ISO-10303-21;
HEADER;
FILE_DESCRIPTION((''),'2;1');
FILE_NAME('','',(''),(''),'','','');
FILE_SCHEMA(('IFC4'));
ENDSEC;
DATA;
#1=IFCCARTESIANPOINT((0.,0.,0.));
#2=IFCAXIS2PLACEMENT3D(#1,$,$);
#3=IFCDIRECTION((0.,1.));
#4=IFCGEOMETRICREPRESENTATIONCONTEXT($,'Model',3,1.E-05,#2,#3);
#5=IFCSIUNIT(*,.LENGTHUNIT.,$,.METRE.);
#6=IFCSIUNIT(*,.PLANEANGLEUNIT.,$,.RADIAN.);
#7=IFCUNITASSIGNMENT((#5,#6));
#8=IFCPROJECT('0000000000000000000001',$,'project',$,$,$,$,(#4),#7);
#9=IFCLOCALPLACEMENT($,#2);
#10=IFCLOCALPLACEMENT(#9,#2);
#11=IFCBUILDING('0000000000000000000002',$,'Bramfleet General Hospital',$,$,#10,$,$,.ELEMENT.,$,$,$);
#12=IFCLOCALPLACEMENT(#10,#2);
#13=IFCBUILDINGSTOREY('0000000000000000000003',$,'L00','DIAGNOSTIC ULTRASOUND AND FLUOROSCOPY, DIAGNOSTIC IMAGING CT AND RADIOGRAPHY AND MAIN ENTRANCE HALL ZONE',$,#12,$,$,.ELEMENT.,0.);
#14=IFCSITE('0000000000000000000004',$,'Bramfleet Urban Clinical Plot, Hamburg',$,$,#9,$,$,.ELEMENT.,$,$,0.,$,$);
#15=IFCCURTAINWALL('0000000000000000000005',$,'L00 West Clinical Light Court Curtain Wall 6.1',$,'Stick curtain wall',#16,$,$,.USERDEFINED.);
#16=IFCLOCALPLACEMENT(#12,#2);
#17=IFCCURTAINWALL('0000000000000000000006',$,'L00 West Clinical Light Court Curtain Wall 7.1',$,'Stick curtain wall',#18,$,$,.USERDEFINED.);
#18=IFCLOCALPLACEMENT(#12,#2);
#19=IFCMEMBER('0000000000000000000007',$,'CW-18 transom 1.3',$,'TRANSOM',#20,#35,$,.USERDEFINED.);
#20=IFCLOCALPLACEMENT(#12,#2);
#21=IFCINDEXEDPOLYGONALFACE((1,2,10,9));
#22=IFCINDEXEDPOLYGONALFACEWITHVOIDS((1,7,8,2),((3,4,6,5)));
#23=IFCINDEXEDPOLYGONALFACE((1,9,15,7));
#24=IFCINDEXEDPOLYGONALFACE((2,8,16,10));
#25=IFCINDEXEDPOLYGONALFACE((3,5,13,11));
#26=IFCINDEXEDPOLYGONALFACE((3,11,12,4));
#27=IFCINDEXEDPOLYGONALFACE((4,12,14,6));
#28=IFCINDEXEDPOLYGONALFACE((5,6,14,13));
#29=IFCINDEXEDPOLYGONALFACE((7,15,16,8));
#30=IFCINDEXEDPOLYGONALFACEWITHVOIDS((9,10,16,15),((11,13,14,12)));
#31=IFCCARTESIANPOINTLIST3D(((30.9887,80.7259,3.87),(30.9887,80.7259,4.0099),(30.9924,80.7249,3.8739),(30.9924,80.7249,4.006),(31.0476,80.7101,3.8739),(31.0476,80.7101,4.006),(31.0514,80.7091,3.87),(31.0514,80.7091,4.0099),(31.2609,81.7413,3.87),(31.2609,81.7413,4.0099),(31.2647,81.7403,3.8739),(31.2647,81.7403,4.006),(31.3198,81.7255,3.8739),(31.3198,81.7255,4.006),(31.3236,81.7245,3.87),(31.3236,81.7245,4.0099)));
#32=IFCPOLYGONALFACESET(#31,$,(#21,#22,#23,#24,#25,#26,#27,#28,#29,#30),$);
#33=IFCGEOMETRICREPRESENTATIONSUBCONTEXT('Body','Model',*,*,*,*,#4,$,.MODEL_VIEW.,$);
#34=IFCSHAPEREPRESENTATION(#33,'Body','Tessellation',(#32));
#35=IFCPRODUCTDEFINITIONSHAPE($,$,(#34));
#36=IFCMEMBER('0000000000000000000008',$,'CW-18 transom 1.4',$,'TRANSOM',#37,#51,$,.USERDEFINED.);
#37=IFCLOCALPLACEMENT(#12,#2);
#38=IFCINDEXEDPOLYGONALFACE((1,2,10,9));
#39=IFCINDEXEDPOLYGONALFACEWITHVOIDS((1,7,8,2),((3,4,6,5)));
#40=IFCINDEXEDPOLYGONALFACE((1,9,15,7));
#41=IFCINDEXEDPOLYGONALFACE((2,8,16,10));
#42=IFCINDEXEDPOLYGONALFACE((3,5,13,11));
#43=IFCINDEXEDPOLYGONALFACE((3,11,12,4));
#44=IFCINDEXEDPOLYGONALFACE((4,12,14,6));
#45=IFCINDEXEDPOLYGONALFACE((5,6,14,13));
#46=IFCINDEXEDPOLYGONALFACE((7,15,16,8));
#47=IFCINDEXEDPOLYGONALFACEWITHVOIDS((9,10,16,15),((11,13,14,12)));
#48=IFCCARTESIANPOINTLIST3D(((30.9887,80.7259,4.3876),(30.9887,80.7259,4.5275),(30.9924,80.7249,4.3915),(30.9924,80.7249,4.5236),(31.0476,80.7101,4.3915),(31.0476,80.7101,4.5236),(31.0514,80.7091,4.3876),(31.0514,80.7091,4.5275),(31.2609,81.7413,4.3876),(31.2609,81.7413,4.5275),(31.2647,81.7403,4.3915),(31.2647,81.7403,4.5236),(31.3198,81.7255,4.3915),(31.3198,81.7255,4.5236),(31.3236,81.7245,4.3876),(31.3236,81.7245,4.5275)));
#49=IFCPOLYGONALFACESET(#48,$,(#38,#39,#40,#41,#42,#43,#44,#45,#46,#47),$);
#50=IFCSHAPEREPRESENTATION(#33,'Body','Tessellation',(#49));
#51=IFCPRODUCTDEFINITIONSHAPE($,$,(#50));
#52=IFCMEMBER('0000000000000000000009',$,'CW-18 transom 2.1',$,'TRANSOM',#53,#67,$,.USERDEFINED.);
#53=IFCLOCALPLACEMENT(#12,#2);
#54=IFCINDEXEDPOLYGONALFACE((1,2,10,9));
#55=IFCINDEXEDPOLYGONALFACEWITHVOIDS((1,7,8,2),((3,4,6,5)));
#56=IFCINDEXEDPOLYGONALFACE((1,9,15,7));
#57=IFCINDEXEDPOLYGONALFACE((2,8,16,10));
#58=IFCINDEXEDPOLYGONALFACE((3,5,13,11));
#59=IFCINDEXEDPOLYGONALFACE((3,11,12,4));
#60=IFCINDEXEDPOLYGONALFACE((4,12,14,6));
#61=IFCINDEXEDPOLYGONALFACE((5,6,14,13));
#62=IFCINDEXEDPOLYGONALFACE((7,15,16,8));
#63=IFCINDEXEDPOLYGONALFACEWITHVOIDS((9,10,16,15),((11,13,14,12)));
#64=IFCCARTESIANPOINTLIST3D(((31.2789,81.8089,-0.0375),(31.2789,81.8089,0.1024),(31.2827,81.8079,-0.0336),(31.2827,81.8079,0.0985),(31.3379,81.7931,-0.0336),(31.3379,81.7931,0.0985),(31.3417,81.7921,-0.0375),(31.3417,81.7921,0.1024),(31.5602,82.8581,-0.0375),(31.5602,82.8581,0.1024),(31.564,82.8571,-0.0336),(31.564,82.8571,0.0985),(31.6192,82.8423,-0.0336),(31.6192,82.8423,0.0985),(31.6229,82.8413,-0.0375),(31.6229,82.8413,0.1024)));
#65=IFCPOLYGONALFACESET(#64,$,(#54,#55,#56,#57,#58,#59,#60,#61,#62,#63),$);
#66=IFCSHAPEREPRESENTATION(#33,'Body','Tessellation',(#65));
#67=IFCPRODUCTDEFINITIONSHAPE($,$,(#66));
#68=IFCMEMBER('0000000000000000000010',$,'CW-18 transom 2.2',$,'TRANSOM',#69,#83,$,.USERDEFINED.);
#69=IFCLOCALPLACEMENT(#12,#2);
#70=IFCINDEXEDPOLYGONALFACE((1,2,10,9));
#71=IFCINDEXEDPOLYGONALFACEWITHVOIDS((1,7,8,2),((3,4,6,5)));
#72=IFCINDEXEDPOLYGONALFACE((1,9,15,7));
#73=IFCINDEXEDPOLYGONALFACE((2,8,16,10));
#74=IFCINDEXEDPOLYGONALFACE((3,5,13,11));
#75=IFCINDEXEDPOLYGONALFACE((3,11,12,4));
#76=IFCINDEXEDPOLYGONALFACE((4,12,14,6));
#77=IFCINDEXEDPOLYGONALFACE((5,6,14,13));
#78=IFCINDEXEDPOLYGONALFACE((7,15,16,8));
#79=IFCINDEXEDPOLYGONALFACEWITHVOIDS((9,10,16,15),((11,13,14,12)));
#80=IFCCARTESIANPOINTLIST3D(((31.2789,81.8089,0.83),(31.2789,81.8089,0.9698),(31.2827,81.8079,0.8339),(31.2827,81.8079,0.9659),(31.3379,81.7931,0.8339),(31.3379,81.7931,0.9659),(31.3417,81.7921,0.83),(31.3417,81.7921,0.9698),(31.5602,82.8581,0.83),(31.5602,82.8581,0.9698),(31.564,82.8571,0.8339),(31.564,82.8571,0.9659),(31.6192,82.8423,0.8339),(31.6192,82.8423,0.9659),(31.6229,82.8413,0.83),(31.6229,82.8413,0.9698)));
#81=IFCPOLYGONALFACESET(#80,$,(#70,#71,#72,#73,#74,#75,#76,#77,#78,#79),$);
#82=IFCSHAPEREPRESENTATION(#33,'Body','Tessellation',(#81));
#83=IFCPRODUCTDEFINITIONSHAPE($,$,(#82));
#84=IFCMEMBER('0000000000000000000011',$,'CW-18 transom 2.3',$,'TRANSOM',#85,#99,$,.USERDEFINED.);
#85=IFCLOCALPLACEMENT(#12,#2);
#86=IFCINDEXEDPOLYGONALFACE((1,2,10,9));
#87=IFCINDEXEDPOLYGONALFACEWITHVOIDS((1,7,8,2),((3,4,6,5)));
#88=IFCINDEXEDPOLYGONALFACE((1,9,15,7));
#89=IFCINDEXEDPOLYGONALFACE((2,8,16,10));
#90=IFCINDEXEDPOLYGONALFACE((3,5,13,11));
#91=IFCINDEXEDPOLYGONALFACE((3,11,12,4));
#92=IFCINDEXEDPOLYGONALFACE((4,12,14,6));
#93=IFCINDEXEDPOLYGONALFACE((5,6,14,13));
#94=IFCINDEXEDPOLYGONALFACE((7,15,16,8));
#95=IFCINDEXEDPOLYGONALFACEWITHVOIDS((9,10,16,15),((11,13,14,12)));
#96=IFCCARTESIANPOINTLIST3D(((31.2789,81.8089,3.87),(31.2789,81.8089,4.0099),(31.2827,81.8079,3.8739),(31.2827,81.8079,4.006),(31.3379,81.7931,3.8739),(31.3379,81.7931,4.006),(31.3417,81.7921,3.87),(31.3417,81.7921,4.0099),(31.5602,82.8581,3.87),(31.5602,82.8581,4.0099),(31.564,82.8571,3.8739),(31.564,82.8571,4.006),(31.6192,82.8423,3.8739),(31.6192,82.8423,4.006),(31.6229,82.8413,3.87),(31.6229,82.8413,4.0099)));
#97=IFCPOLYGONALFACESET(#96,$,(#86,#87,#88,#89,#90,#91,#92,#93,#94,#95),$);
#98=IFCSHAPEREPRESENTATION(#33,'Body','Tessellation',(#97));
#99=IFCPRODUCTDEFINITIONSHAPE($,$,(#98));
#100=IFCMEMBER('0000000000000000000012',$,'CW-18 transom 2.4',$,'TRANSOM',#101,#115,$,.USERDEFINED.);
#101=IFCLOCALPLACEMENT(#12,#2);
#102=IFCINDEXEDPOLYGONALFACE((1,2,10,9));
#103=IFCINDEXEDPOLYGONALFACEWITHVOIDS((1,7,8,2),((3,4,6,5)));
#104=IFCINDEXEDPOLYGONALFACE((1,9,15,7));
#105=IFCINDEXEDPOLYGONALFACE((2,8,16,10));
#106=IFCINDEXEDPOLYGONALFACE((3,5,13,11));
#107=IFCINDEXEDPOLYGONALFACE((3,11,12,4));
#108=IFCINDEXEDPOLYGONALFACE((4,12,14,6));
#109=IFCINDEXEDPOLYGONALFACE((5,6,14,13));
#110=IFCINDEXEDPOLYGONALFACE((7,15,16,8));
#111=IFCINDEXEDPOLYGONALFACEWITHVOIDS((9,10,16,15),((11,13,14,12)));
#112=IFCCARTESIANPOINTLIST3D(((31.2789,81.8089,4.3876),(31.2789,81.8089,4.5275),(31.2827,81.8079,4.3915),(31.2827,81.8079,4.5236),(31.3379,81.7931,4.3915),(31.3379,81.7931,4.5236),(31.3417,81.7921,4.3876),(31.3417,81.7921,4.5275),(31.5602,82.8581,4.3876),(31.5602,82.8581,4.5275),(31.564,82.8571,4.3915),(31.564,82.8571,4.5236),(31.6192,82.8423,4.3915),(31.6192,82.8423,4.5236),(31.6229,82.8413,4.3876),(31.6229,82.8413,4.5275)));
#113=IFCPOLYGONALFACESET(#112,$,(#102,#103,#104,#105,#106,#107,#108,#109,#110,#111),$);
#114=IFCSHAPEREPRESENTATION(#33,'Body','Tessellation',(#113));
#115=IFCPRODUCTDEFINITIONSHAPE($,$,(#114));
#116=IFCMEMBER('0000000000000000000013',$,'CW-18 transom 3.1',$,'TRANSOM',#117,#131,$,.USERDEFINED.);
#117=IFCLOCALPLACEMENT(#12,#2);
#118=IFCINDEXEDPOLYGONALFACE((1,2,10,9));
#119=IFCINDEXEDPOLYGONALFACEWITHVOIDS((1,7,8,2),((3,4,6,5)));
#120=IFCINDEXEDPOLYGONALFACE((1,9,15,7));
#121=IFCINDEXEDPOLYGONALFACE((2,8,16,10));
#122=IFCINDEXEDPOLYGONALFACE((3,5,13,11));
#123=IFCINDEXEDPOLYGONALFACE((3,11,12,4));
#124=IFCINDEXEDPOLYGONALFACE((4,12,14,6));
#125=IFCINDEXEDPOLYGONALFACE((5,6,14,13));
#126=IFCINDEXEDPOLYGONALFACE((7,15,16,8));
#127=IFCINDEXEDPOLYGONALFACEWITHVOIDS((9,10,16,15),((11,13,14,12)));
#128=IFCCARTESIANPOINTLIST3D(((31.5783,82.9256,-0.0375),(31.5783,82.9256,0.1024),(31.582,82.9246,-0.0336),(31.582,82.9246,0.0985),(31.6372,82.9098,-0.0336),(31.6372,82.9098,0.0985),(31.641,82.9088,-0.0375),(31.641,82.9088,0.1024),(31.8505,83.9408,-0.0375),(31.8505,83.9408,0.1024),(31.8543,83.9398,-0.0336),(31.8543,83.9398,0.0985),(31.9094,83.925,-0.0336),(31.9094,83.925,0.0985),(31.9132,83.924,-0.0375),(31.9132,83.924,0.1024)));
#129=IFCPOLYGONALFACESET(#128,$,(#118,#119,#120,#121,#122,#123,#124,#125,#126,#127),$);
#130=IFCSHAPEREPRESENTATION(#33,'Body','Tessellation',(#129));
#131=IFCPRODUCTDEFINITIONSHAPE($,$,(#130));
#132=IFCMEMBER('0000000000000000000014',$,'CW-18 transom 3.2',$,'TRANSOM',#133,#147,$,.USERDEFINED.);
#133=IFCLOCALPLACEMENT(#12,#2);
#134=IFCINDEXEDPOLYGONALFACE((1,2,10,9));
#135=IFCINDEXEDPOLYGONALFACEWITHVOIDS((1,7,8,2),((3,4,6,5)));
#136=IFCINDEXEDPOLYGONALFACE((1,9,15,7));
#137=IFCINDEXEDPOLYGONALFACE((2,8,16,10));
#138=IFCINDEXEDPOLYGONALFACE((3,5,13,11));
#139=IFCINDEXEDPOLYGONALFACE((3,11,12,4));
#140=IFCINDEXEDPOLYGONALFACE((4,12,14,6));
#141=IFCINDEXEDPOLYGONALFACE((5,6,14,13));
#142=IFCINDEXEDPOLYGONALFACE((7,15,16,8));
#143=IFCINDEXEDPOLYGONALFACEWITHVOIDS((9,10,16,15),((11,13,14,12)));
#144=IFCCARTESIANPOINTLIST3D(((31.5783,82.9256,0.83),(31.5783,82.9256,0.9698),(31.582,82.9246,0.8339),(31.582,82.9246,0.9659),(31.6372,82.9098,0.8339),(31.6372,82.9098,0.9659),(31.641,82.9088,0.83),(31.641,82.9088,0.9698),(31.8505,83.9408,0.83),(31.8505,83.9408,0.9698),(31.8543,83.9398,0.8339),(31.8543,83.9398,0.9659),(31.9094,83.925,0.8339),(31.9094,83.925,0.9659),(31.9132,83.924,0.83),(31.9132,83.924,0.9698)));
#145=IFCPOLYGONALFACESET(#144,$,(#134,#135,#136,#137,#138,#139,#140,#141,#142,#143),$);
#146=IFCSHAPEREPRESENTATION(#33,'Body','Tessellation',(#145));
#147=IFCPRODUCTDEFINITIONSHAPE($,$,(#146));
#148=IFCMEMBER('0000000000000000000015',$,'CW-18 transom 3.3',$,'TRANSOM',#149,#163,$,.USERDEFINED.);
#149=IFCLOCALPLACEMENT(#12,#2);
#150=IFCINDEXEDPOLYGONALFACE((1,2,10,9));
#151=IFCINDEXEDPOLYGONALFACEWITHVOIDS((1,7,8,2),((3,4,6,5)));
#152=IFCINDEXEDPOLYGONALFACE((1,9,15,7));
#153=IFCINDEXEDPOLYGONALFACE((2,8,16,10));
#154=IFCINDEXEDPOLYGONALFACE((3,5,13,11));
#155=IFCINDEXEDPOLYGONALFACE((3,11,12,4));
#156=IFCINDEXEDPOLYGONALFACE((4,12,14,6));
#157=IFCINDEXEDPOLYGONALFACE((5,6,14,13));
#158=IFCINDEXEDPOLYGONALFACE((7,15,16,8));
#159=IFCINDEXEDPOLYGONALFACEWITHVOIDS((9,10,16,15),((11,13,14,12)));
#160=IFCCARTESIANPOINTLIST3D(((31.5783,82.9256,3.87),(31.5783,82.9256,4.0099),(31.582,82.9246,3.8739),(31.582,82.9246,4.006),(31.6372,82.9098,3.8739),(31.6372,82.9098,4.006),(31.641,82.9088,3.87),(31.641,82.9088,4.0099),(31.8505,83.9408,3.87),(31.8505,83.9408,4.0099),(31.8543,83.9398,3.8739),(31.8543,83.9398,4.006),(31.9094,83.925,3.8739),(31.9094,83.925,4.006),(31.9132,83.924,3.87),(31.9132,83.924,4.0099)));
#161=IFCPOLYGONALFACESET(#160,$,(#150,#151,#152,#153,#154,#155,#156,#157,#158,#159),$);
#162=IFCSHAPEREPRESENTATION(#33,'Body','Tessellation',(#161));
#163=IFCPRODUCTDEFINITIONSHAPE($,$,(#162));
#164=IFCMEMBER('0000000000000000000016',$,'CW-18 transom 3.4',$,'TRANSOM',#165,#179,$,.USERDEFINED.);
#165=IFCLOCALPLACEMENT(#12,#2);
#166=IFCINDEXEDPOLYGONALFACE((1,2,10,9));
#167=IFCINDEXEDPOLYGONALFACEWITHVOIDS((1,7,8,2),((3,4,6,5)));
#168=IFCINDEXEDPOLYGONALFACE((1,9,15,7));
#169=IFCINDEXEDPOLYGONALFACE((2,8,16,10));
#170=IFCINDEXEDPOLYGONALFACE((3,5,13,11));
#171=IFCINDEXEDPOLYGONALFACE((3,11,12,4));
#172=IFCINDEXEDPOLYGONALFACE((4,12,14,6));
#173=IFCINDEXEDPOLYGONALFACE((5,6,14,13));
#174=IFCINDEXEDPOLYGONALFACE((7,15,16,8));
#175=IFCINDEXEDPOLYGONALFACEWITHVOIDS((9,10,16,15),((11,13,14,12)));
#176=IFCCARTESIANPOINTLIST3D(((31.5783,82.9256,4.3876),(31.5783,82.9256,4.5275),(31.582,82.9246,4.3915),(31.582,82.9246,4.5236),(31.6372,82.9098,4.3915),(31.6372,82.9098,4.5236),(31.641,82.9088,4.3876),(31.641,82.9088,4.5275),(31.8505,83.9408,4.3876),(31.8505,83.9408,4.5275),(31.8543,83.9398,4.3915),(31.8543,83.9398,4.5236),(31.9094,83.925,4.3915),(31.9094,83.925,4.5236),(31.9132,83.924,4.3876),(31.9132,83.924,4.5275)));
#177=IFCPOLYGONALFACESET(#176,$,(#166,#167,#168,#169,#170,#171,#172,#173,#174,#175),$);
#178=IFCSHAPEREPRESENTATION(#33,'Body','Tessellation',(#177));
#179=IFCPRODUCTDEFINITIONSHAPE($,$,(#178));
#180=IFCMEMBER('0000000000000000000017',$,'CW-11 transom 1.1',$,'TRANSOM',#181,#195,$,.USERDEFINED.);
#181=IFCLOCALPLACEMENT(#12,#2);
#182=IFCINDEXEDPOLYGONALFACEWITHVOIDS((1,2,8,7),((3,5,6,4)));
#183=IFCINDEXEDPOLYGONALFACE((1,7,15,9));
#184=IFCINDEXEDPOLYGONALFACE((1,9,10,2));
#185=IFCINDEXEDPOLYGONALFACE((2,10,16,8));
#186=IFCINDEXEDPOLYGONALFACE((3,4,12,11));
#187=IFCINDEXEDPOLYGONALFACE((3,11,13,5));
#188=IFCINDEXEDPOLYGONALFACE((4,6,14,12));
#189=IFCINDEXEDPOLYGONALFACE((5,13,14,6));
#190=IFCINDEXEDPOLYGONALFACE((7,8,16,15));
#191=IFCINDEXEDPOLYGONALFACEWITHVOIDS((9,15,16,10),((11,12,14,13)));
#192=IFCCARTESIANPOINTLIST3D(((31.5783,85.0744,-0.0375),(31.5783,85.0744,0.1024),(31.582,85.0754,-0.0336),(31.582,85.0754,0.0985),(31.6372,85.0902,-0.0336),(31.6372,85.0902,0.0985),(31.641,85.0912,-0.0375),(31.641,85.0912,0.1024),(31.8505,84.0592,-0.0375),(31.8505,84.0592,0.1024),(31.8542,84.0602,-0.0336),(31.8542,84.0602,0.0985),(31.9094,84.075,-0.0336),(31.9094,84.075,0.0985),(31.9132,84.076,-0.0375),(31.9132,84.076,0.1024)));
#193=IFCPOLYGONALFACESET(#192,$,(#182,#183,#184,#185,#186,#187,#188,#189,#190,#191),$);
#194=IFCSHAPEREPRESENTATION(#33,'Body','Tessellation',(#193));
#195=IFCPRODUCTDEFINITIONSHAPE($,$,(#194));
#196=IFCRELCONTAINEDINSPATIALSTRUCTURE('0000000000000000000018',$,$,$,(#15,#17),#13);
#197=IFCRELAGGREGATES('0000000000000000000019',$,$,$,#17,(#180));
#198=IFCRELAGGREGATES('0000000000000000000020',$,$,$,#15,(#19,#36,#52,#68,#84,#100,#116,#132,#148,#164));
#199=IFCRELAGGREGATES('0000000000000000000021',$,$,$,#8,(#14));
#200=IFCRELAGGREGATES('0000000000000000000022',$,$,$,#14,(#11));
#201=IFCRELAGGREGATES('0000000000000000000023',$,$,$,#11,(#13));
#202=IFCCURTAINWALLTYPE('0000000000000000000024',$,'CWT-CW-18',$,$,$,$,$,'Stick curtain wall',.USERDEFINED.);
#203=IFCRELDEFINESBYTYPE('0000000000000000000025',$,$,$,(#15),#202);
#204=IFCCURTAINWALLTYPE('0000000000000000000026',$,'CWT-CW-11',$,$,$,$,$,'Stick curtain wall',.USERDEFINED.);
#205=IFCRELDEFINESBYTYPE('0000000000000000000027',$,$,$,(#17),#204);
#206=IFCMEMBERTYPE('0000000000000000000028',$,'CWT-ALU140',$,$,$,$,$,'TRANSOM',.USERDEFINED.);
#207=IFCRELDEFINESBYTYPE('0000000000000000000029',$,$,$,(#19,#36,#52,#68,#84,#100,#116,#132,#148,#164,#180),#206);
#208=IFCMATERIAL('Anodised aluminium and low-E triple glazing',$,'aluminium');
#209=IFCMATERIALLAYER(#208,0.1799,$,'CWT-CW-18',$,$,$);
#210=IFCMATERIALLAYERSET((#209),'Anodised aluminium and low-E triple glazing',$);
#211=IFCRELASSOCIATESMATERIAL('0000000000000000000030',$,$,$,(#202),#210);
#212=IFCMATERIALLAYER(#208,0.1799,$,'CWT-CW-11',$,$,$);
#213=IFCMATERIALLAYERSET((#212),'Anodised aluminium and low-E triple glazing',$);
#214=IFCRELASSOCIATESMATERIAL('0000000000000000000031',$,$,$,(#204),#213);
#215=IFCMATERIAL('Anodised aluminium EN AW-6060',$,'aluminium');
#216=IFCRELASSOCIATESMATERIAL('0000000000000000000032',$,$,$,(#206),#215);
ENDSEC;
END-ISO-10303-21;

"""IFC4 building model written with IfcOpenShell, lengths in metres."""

from ifc_helpers import new_model, si_unit, direction, frame, origin, origin_2d, place, context, subcontext, project, spatial, hollow_rectangle, extrude, material, layer, layer_set, material_profile, profile_set, type_object, element, aggregate, save


model = new_model("IFC4")

# Units and contexts
model_context = context("Model", 3, precision=1e-05, world=origin(), true_north=direction((0.0, 1.0)))
body_context = subcontext(model_context, "Body", "Model", "MODEL_VIEW")
ifc_project = project(units=[si_unit("LENGTHUNIT", "METRE"), si_unit("PLANEANGLEUNIT", "RADIAN")], contexts=[model_context])

# Site, building, storey
site_placement = place(None, origin())
site = spatial("IfcSite", under=ifc_project, at=site_placement, Name="Bramfleet Urban Clinical Plot, Hamburg", CompositionType="ELEMENT", RefElevation=0.0)
building_placement = place(site_placement, origin())
building = spatial("IfcBuilding", under=site, at=building_placement, Name="Bramfleet General Hospital", CompositionType="ELEMENT")
storey_placement = place(building_placement, origin())
storey = spatial("IfcBuildingStorey", under=building, at=storey_placement, Name="L00", Description="DIAGNOSTIC ULTRASOUND AND FLUOROSCOPY, DIAGNOSTIC IMAGING CT AND RADIOGRAPHY AND MAIN ENTRANCE HALL ZONE", CompositionType="ELEMENT", Elevation=0.0)

# Shared definitions
ifc_material_1 = material(Name="Anodised aluminium and low-E triple glazing", Category="aluminium")
ifc_material_2 = material(Name="Anodised aluminium EN AW-6060", Category="aluminium")

# Curtain wall
ifc_layer_1 = layer(ifc_material_1, 0.1799, Name="CWT-CW-18")
ifc_layer_set_1 = layer_set([ifc_layer_1], Name="Anodised aluminium and low-E triple glazing")
curtain_wall_type_1 = type_object("IfcCurtainWallType", Name="CWT-CW-18", ElementType="Stick curtain wall", PredefinedType="USERDEFINED", material=ifc_layer_set_1)
curtain_wall_1_placement = place(storey_placement, origin())
curtain_wall_1 = element("IfcCurtainWall", 1, at=curtain_wall_1_placement, inside=storey, type_object=curtain_wall_type_1, Name="L00 West Clinical Light Court Curtain Wall 6.1", ObjectType="Stick curtain wall", PredefinedType="USERDEFINED")

# Curtain wall
ifc_layer_2 = layer(ifc_material_1, 0.1799, Name="CWT-CW-11")
ifc_layer_set_2 = layer_set([ifc_layer_2], Name="Anodised aluminium and low-E triple glazing")
curtain_wall_type_2 = type_object("IfcCurtainWallType", Name="CWT-CW-11", ElementType="Stick curtain wall", PredefinedType="USERDEFINED", material=ifc_layer_set_2)
curtain_wall_2_placement = place(storey_placement, origin())
curtain_wall_2 = element("IfcCurtainWall", 2, at=curtain_wall_2_placement, inside=storey, type_object=curtain_wall_type_2, Name="L00 West Clinical Light Court Curtain Wall 7.1", ObjectType="Stick curtain wall", PredefinedType="USERDEFINED")

# Members
ifc_material_profile_1 = material_profile(ifc_material_2, hollow_rectangle(XDim=0.0649, YDim=0.1399, WallThickness=0.0039, at=origin_2d()), Name="ALU 140x65x4.0")
ifc_profile_set_1 = profile_set([ifc_material_profile_1], Name="Anodised aluminium EN AW-6060")
member_type_1 = type_object("IfcMemberType", Name="CWT-ALU140", ElementType="TRANSOM", PredefinedType="USERDEFINED", material=ifc_profile_set_1)
member_1_placement = place(storey_placement, frame((31.02, 80.7175, 3.9399), z_axis=(0.258949, 0.965891, 0.0), x_axis=(-0.965891, 0.258949, 0.0)))
member_1 = element("IfcMember", 3, at=member_1_placement, type_object=member_type_1, Name="CW-18 transom 1.3", ObjectType="TRANSOM", PredefinedType="USERDEFINED", context=body_context, shape_type="SweptSolid", body=[
    extrude(hollow_rectangle(XDim=0.0649, YDim=0.1399, WallThickness=0.0039, at=origin_2d()), origin(), (0.0, 0.0, 1.0), 1.0513),
])
member_2_placement = place(storey_placement, frame((31.02, 80.7175, 4.4575), z_axis=(0.258949, 0.965891, 0.0), x_axis=(-0.965891, 0.258949, 0.0)))
member_2 = element("IfcMember", 4, at=member_2_placement, type_object=member_type_1, Name="CW-18 transom 1.4", ObjectType="TRANSOM", PredefinedType="USERDEFINED", context=body_context, shape_type="SweptSolid", body=[
    extrude(hollow_rectangle(XDim=0.0649, YDim=0.1399, WallThickness=0.0039, at=origin_2d()), origin(), (0.0, 0.0, 1.0), 1.0513),
])
member_3_placement = place(storey_placement, frame((31.3103, 81.8005, 0.0325), z_axis=(0.25895, 0.965891, 0.0), x_axis=(-0.965891, 0.25895, 0.0)))
member_3 = element("IfcMember", 5, at=member_3_placement, type_object=member_type_1, Name="CW-18 transom 2.1", ObjectType="TRANSOM", PredefinedType="USERDEFINED", context=body_context, shape_type="SweptSolid", body=[
    extrude(hollow_rectangle(XDim=0.0649, YDim=0.1399, WallThickness=0.0039, at=origin_2d()), origin(), (0.0, 0.0, 1.0), 1.0862),
])
member_4_placement = place(storey_placement, frame((31.3103, 81.8005, 0.8999), z_axis=(0.25895, 0.965891, 0.0), x_axis=(-0.965891, 0.25895, 0.0)))
member_4 = element("IfcMember", 6, at=member_4_placement, type_object=member_type_1, Name="CW-18 transom 2.2", ObjectType="TRANSOM", PredefinedType="USERDEFINED", context=body_context, shape_type="SweptSolid", body=[
    extrude(hollow_rectangle(XDim=0.0649, YDim=0.1399, WallThickness=0.0039, at=origin_2d()), origin(), (0.0, 0.0, 1.0), 1.0862),
])
member_5_placement = place(storey_placement, frame((31.3103, 81.8005, 3.9399), z_axis=(0.25895, 0.965891, 0.0), x_axis=(-0.965891, 0.25895, 0.0)))
member_5 = element("IfcMember", 7, at=member_5_placement, type_object=member_type_1, Name="CW-18 transom 2.3", ObjectType="TRANSOM", PredefinedType="USERDEFINED", context=body_context, shape_type="SweptSolid", body=[
    extrude(hollow_rectangle(XDim=0.0649, YDim=0.1399, WallThickness=0.0039, at=origin_2d()), origin(), (0.0, 0.0, 1.0), 1.0862),
])
member_6_placement = place(storey_placement, frame((31.3103, 81.8005, 4.4575), z_axis=(0.25895, 0.965891, 0.0), x_axis=(-0.965891, 0.25895, 0.0)))
member_6 = element("IfcMember", 8, at=member_6_placement, type_object=member_type_1, Name="CW-18 transom 2.4", ObjectType="TRANSOM", PredefinedType="USERDEFINED", context=body_context, shape_type="SweptSolid", body=[
    extrude(hollow_rectangle(XDim=0.0649, YDim=0.1399, WallThickness=0.0039, at=origin_2d()), origin(), (0.0, 0.0, 1.0), 1.0862),
])
member_7_placement = place(storey_placement, frame((31.6096, 82.9172, 0.0325), z_axis=(0.259007, 0.965875, 0.0), x_axis=(-0.965875, 0.259007, 0.0)))
member_7 = element("IfcMember", 9, at=member_7_placement, type_object=member_type_1, Name="CW-18 transom 3.1", ObjectType="TRANSOM", PredefinedType="USERDEFINED", context=body_context, shape_type="SweptSolid", body=[
    extrude(hollow_rectangle(XDim=0.0649, YDim=0.1399, WallThickness=0.0039, at=origin_2d()), origin(), (0.0, 0.0, 1.0), 1.051),
])
member_8_placement = place(storey_placement, frame((31.6096, 82.9172, 0.8999), z_axis=(0.259007, 0.965875, 0.0), x_axis=(-0.965875, 0.259007, 0.0)))
member_8 = element("IfcMember", 10, at=member_8_placement, type_object=member_type_1, Name="CW-18 transom 3.2", ObjectType="TRANSOM", PredefinedType="USERDEFINED", context=body_context, shape_type="SweptSolid", body=[
    extrude(hollow_rectangle(XDim=0.0649, YDim=0.1399, WallThickness=0.0039, at=origin_2d()), origin(), (0.0, 0.0, 1.0), 1.051),
])
member_9_placement = place(storey_placement, frame((31.6096, 82.9172, 3.9399), z_axis=(0.259007, 0.965875, 0.0), x_axis=(-0.965875, 0.259007, 0.0)))
member_9 = element("IfcMember", 11, at=member_9_placement, type_object=member_type_1, Name="CW-18 transom 3.3", ObjectType="TRANSOM", PredefinedType="USERDEFINED", context=body_context, shape_type="SweptSolid", body=[
    extrude(hollow_rectangle(XDim=0.0649, YDim=0.1399, WallThickness=0.0039, at=origin_2d()), origin(), (0.0, 0.0, 1.0), 1.051),
])
member_10_placement = place(storey_placement, frame((31.6096, 82.9172, 4.4575), z_axis=(0.259007, 0.965875, 0.0), x_axis=(-0.965875, 0.259007, 0.0)))
member_10 = element("IfcMember", 12, at=member_10_placement, type_object=member_type_1, Name="CW-18 transom 3.4", ObjectType="TRANSOM", PredefinedType="USERDEFINED", context=body_context, shape_type="SweptSolid", body=[
    extrude(hollow_rectangle(XDim=0.0649, YDim=0.1399, WallThickness=0.0039, at=origin_2d()), origin(), (0.0, 0.0, 1.0), 1.051),
])
member_11_placement = place(storey_placement, frame((31.8818, 84.0676, 0.0325), z_axis=(-0.259007, 0.965875, 0.0), x_axis=(-0.965875, -0.259007, 0.0)))
member_11 = element("IfcMember", 13, at=member_11_placement, type_object=member_type_1, Name="CW-11 transom 1.1", ObjectType="TRANSOM", PredefinedType="USERDEFINED", context=body_context, shape_type="SweptSolid", body=[
    extrude(hollow_rectangle(XDim=0.0649, YDim=0.1399, WallThickness=0.0039, at=origin_2d()), origin(), (0.0, 0.0, 1.0), 1.051),
])
aggregate(curtain_wall_2, [member_11])

aggregate(curtain_wall_1, [member_1, member_2, member_3, member_4, member_5, member_6, member_7, member_8, member_9, member_10])

save(model, "model.ifc")
